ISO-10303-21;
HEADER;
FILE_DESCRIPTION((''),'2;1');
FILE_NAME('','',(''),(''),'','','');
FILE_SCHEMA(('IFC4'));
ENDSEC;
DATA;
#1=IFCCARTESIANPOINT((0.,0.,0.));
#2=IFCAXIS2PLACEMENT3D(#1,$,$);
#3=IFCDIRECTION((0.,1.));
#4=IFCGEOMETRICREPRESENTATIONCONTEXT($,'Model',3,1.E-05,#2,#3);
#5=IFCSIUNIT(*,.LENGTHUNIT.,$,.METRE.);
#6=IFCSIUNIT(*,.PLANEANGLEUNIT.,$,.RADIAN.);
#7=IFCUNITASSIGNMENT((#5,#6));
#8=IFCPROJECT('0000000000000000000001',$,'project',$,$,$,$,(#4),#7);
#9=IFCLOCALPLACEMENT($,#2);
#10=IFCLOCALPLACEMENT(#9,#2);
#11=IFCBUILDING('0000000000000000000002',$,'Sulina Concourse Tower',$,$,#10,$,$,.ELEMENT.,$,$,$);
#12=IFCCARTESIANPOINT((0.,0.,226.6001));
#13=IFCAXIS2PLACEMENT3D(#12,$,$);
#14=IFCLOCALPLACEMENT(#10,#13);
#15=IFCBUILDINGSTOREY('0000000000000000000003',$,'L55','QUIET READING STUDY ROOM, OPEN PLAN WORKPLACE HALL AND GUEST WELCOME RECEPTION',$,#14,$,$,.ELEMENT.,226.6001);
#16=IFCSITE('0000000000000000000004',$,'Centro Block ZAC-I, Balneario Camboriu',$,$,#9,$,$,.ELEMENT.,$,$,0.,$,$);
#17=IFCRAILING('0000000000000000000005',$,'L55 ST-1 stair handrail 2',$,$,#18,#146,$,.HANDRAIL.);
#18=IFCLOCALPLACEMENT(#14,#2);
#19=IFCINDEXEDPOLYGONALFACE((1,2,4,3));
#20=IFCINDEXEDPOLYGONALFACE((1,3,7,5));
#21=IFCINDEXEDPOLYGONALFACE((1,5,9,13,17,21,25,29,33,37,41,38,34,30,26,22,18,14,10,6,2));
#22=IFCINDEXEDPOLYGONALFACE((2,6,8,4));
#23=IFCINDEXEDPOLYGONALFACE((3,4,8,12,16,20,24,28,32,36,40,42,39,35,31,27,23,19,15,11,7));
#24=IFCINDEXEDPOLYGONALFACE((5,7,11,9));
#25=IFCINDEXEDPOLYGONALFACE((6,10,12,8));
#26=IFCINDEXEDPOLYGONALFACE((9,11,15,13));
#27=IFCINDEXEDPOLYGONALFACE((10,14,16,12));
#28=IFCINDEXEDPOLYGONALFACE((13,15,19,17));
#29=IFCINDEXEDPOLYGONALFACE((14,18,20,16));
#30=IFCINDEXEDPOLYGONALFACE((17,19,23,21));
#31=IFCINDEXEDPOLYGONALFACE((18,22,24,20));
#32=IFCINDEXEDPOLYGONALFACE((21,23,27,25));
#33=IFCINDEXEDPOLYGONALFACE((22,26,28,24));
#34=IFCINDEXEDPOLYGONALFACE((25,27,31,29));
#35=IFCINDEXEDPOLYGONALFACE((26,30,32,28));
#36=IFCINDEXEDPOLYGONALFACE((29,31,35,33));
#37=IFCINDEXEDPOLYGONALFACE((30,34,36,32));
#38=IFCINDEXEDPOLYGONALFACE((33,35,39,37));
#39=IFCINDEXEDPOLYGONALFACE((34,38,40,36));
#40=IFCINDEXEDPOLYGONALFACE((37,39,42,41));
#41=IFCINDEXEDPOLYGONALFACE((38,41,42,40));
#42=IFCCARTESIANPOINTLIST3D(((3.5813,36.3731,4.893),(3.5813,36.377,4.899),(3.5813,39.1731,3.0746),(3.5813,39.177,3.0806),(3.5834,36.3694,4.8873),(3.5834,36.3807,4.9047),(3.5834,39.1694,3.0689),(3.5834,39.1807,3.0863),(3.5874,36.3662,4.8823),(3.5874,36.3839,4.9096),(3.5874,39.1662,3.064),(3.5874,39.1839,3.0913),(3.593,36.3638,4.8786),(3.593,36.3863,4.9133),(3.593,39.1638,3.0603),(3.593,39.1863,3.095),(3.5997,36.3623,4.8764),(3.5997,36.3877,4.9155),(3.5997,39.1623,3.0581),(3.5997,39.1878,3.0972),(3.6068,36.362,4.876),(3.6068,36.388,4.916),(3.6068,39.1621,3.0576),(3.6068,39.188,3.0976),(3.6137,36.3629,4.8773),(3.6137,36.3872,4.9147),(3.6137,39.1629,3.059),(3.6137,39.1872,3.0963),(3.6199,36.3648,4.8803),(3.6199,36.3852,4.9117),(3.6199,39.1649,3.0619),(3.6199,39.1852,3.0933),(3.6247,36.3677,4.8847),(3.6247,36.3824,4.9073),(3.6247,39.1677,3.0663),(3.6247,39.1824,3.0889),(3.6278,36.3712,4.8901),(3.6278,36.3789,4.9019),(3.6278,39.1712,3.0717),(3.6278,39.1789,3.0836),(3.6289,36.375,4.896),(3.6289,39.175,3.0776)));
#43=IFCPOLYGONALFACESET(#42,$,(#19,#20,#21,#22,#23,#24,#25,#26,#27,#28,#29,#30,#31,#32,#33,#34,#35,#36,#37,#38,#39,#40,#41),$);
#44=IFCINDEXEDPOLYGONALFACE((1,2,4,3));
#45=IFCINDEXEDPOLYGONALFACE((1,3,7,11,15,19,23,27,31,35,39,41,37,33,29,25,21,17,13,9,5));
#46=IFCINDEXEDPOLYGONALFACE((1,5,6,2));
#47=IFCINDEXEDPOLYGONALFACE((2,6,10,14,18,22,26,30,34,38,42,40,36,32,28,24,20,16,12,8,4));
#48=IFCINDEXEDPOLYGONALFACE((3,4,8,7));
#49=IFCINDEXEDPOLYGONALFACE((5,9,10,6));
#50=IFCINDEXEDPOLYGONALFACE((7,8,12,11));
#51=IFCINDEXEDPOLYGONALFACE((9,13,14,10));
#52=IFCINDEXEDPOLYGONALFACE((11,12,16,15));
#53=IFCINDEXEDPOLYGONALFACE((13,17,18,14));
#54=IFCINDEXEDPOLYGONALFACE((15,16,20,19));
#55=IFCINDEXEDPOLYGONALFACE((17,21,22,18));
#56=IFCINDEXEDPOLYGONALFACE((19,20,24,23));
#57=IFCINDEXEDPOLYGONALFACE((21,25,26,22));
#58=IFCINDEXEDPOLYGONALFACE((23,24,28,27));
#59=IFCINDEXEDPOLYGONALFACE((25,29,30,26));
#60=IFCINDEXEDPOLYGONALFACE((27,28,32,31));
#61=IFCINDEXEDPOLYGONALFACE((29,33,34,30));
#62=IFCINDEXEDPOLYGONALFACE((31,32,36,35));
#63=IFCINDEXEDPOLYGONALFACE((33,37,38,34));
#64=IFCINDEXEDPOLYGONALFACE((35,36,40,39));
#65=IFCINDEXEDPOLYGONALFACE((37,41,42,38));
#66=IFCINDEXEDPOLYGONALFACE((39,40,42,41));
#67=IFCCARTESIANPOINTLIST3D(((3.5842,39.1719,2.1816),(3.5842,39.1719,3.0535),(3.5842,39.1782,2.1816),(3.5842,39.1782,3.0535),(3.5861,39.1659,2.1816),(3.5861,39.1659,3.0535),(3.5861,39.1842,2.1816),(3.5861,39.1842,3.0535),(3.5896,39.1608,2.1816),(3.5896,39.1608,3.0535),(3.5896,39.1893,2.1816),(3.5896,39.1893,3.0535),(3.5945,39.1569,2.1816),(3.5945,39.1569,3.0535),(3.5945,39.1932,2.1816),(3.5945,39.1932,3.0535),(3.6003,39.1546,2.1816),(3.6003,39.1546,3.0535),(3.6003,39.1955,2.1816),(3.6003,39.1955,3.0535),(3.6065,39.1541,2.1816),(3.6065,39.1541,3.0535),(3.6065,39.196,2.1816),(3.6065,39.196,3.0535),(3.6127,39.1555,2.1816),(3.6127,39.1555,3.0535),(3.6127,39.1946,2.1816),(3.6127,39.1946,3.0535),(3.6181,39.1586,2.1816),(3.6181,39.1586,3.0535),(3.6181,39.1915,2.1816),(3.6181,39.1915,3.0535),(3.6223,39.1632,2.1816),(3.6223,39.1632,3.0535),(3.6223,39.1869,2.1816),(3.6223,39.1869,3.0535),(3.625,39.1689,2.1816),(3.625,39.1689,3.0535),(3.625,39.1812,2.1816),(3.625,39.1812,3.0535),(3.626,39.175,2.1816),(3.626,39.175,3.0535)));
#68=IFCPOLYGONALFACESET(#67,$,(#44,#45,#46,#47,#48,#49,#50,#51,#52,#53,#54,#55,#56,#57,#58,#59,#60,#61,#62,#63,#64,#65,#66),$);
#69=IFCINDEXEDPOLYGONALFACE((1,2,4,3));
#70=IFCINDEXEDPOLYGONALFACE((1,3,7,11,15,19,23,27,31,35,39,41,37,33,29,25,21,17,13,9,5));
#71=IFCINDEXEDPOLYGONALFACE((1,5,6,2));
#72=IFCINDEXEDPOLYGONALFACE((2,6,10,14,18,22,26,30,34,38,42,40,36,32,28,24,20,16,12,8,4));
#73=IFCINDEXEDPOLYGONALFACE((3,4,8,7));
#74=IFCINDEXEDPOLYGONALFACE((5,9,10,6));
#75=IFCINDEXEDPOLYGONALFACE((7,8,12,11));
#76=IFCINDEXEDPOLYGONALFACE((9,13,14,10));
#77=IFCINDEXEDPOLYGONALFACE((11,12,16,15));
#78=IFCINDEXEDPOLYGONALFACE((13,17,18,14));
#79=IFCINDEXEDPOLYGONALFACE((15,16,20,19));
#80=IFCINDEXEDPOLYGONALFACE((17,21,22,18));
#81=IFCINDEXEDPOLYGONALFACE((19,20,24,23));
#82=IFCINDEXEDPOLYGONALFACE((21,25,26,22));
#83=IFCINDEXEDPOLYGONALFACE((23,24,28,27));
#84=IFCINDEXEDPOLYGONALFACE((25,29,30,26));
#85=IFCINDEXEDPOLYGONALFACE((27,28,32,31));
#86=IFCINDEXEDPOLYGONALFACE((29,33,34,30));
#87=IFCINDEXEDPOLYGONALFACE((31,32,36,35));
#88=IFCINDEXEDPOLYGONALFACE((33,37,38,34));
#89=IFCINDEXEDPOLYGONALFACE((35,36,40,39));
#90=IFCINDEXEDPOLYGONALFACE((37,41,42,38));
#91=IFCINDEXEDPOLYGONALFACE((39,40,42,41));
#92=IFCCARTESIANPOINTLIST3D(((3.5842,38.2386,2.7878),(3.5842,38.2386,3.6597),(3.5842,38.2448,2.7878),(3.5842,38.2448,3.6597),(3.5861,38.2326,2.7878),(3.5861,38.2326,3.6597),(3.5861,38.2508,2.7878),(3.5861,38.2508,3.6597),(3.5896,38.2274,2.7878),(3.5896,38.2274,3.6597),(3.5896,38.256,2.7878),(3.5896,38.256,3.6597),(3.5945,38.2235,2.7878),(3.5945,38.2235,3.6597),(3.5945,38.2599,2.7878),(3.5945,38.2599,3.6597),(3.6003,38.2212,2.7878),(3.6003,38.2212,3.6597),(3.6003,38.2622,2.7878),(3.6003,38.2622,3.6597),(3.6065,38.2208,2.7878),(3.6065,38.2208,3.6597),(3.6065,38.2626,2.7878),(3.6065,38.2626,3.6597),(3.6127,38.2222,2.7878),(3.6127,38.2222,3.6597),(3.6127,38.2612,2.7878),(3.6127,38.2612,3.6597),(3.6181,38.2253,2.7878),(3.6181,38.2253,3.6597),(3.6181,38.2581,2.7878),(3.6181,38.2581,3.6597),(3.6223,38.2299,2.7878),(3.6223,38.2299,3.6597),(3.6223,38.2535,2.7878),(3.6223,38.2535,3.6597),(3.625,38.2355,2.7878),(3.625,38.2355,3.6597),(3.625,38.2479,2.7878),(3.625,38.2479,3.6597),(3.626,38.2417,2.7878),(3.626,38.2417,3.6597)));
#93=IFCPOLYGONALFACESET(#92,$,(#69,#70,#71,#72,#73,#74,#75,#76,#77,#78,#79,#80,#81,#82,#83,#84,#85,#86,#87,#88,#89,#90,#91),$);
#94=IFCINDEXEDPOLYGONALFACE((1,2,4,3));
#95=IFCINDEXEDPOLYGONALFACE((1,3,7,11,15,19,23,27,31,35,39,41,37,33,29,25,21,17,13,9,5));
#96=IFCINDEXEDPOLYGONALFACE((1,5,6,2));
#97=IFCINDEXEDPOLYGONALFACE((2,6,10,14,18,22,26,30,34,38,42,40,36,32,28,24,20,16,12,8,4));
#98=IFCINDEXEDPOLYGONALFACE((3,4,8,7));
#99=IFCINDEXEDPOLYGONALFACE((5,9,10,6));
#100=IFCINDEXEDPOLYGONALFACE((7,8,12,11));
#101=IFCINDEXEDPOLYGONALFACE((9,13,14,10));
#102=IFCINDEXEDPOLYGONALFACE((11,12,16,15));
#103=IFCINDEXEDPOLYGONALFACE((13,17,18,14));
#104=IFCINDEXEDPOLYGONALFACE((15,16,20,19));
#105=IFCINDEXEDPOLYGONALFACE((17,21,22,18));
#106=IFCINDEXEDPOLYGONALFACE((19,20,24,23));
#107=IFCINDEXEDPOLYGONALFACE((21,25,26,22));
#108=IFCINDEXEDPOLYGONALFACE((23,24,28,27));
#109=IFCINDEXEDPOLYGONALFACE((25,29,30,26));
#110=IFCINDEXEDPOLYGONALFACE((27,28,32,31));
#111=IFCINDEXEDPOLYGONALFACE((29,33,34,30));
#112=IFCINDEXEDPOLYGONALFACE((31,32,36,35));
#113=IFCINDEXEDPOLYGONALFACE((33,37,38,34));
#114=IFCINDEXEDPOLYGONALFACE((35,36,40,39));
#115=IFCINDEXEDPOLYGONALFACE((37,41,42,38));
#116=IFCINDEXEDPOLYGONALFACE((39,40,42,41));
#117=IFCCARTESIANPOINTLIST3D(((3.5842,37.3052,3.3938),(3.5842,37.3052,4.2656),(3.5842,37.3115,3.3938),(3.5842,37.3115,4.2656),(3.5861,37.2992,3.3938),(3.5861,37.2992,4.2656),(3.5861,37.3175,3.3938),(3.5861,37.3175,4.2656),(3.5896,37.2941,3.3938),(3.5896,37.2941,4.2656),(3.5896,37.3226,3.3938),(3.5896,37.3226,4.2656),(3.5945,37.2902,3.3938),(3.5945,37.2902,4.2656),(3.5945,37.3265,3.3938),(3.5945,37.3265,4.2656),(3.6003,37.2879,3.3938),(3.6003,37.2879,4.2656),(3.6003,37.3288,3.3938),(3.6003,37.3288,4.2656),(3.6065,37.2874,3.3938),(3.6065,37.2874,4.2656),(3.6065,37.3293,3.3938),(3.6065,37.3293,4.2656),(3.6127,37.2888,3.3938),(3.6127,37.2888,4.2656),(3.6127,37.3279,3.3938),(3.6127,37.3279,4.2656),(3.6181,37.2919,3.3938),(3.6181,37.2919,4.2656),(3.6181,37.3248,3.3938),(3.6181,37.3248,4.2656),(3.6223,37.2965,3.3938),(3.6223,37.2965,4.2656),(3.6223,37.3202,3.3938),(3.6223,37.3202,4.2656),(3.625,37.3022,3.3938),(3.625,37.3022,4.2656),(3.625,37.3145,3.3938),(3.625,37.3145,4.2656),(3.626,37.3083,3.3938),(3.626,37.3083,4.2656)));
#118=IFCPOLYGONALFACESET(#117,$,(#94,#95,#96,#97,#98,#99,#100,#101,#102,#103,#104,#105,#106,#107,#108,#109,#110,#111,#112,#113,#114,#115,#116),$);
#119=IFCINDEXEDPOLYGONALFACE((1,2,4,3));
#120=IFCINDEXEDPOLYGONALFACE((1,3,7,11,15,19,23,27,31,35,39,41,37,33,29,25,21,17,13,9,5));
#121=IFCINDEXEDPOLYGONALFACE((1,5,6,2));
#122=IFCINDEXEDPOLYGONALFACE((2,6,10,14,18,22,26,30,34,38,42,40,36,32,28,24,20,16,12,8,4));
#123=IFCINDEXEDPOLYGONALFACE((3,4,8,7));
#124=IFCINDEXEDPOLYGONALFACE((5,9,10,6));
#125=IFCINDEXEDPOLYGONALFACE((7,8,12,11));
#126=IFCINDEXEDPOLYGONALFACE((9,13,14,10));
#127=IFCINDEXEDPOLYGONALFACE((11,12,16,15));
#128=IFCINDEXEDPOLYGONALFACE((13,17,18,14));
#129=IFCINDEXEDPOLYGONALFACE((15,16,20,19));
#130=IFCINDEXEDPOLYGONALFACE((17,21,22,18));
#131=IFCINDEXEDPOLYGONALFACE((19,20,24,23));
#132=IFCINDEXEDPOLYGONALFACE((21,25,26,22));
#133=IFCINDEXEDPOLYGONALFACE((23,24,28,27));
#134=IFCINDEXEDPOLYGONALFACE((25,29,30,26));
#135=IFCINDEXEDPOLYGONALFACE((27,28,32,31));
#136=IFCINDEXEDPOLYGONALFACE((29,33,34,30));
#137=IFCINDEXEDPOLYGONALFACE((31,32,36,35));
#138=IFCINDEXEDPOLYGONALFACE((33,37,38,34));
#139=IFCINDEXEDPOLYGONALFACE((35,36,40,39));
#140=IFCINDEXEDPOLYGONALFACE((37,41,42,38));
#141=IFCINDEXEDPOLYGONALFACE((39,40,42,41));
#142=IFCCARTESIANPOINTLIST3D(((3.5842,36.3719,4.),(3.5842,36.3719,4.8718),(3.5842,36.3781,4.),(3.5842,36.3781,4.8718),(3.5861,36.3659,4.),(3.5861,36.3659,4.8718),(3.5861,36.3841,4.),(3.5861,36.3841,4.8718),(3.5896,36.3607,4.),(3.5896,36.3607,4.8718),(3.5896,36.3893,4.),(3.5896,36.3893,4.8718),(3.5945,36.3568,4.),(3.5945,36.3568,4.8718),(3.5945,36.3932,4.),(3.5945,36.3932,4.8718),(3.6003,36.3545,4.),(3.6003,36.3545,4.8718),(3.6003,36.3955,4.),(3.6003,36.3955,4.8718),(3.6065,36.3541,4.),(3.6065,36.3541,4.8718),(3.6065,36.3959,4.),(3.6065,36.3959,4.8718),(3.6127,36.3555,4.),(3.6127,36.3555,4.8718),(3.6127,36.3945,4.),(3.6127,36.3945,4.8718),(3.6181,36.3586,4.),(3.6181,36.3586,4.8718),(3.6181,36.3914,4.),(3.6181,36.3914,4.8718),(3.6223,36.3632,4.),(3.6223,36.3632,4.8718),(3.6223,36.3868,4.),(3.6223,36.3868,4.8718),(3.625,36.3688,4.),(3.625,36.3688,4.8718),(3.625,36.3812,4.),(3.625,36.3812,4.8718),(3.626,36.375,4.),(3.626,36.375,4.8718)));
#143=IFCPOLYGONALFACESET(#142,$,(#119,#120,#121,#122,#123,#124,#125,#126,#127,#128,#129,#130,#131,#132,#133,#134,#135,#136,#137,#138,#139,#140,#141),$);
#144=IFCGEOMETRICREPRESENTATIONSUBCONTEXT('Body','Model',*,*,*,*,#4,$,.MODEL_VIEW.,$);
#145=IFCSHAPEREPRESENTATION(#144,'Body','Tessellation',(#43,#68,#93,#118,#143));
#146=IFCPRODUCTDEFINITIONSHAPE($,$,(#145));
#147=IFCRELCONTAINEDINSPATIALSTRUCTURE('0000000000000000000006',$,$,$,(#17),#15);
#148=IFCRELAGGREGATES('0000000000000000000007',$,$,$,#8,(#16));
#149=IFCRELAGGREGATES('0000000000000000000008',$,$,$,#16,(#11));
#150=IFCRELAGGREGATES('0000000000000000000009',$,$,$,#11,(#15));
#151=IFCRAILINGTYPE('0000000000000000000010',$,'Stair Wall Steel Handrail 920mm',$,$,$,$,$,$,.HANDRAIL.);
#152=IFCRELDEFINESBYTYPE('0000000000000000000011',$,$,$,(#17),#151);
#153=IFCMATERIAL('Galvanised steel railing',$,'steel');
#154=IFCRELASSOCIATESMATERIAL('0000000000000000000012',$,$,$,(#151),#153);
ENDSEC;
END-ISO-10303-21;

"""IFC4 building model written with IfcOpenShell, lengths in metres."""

from ifc_helpers import new_model, si_unit, direction, frame, origin, origin_2d, place, context, subcontext, project, spatial, circle, extrude, material, type_object, element, save


model = new_model("IFC4")

# Units and contexts
model_context = context("Model", 3, precision=1e-05, world=origin(), true_north=direction((0.0, 1.0)))
body_context = subcontext(model_context, "Body", "Model", "MODEL_VIEW")
ifc_project = project(units=[si_unit("LENGTHUNIT", "METRE"), si_unit("PLANEANGLEUNIT", "RADIAN")], contexts=[model_context])

# Site, building, storey
site_placement = place(None, origin())
site = spatial("IfcSite", under=ifc_project, at=site_placement, Name="Centro Block ZAC-I, Balneario Camboriu", CompositionType="ELEMENT", RefElevation=0.0)
building_placement = place(site_placement, origin())
building = spatial("IfcBuilding", under=site, at=building_placement, Name="Sulina Concourse Tower", CompositionType="ELEMENT")
storey_placement = place(building_placement, frame((0.0, 0.0, 226.6001)))
storey = spatial("IfcBuildingStorey", under=building, at=storey_placement, Name="L55", Description="QUIET READING STUDY ROOM, OPEN PLAN WORKPLACE HALL AND GUEST WELCOME RECEPTION", CompositionType="ELEMENT", Elevation=226.6001)

# Railing
ifc_material_1 = material(Name="Galvanised steel railing", Category="steel")
railing_type_1 = type_object("IfcRailingType", Name="Stair Wall Steel Handrail 920mm", PredefinedType="HANDRAIL", material=ifc_material_1)
railing_1_placement = place(storey_placement, frame((3.605, 39.175, 2.1816)))
element("IfcRailing", 1, at=railing_1_placement, inside=storey, type_object=railing_type_1, Name="L55 ST-1 stair handrail 2", PredefinedType="HANDRAIL", context=body_context, shape_type="SweptSolid", body=[
    extrude(circle(Radius=0.0239, at=origin_2d()), frame((0.0, 0.0, 0.896), z_axis=(0.0, -0.838672, 0.544636), x_axis=(1.0, 0.0, 0.0)), (0.0, 0.0, 1.0), 3.3386),
    extrude(circle(Radius=0.021, at=origin_2d()), origin(), (0.0, 0.0, 1.0), 0.8718),
    extrude(circle(Radius=0.021, at=origin_2d()), frame((0.0, -0.9333, 0.6062)), (0.0, 0.0, 1.0), 0.8718),
    extrude(circle(Radius=0.021, at=origin_2d()), frame((0.0, -1.8667, 1.2122)), (0.0, 0.0, 1.0), 0.8718),
    extrude(circle(Radius=0.021, at=origin_2d()), frame((0.0, -2.8, 1.8184)), (0.0, 0.0, 1.0), 0.8718),
])

save(model, "model.ifc")
